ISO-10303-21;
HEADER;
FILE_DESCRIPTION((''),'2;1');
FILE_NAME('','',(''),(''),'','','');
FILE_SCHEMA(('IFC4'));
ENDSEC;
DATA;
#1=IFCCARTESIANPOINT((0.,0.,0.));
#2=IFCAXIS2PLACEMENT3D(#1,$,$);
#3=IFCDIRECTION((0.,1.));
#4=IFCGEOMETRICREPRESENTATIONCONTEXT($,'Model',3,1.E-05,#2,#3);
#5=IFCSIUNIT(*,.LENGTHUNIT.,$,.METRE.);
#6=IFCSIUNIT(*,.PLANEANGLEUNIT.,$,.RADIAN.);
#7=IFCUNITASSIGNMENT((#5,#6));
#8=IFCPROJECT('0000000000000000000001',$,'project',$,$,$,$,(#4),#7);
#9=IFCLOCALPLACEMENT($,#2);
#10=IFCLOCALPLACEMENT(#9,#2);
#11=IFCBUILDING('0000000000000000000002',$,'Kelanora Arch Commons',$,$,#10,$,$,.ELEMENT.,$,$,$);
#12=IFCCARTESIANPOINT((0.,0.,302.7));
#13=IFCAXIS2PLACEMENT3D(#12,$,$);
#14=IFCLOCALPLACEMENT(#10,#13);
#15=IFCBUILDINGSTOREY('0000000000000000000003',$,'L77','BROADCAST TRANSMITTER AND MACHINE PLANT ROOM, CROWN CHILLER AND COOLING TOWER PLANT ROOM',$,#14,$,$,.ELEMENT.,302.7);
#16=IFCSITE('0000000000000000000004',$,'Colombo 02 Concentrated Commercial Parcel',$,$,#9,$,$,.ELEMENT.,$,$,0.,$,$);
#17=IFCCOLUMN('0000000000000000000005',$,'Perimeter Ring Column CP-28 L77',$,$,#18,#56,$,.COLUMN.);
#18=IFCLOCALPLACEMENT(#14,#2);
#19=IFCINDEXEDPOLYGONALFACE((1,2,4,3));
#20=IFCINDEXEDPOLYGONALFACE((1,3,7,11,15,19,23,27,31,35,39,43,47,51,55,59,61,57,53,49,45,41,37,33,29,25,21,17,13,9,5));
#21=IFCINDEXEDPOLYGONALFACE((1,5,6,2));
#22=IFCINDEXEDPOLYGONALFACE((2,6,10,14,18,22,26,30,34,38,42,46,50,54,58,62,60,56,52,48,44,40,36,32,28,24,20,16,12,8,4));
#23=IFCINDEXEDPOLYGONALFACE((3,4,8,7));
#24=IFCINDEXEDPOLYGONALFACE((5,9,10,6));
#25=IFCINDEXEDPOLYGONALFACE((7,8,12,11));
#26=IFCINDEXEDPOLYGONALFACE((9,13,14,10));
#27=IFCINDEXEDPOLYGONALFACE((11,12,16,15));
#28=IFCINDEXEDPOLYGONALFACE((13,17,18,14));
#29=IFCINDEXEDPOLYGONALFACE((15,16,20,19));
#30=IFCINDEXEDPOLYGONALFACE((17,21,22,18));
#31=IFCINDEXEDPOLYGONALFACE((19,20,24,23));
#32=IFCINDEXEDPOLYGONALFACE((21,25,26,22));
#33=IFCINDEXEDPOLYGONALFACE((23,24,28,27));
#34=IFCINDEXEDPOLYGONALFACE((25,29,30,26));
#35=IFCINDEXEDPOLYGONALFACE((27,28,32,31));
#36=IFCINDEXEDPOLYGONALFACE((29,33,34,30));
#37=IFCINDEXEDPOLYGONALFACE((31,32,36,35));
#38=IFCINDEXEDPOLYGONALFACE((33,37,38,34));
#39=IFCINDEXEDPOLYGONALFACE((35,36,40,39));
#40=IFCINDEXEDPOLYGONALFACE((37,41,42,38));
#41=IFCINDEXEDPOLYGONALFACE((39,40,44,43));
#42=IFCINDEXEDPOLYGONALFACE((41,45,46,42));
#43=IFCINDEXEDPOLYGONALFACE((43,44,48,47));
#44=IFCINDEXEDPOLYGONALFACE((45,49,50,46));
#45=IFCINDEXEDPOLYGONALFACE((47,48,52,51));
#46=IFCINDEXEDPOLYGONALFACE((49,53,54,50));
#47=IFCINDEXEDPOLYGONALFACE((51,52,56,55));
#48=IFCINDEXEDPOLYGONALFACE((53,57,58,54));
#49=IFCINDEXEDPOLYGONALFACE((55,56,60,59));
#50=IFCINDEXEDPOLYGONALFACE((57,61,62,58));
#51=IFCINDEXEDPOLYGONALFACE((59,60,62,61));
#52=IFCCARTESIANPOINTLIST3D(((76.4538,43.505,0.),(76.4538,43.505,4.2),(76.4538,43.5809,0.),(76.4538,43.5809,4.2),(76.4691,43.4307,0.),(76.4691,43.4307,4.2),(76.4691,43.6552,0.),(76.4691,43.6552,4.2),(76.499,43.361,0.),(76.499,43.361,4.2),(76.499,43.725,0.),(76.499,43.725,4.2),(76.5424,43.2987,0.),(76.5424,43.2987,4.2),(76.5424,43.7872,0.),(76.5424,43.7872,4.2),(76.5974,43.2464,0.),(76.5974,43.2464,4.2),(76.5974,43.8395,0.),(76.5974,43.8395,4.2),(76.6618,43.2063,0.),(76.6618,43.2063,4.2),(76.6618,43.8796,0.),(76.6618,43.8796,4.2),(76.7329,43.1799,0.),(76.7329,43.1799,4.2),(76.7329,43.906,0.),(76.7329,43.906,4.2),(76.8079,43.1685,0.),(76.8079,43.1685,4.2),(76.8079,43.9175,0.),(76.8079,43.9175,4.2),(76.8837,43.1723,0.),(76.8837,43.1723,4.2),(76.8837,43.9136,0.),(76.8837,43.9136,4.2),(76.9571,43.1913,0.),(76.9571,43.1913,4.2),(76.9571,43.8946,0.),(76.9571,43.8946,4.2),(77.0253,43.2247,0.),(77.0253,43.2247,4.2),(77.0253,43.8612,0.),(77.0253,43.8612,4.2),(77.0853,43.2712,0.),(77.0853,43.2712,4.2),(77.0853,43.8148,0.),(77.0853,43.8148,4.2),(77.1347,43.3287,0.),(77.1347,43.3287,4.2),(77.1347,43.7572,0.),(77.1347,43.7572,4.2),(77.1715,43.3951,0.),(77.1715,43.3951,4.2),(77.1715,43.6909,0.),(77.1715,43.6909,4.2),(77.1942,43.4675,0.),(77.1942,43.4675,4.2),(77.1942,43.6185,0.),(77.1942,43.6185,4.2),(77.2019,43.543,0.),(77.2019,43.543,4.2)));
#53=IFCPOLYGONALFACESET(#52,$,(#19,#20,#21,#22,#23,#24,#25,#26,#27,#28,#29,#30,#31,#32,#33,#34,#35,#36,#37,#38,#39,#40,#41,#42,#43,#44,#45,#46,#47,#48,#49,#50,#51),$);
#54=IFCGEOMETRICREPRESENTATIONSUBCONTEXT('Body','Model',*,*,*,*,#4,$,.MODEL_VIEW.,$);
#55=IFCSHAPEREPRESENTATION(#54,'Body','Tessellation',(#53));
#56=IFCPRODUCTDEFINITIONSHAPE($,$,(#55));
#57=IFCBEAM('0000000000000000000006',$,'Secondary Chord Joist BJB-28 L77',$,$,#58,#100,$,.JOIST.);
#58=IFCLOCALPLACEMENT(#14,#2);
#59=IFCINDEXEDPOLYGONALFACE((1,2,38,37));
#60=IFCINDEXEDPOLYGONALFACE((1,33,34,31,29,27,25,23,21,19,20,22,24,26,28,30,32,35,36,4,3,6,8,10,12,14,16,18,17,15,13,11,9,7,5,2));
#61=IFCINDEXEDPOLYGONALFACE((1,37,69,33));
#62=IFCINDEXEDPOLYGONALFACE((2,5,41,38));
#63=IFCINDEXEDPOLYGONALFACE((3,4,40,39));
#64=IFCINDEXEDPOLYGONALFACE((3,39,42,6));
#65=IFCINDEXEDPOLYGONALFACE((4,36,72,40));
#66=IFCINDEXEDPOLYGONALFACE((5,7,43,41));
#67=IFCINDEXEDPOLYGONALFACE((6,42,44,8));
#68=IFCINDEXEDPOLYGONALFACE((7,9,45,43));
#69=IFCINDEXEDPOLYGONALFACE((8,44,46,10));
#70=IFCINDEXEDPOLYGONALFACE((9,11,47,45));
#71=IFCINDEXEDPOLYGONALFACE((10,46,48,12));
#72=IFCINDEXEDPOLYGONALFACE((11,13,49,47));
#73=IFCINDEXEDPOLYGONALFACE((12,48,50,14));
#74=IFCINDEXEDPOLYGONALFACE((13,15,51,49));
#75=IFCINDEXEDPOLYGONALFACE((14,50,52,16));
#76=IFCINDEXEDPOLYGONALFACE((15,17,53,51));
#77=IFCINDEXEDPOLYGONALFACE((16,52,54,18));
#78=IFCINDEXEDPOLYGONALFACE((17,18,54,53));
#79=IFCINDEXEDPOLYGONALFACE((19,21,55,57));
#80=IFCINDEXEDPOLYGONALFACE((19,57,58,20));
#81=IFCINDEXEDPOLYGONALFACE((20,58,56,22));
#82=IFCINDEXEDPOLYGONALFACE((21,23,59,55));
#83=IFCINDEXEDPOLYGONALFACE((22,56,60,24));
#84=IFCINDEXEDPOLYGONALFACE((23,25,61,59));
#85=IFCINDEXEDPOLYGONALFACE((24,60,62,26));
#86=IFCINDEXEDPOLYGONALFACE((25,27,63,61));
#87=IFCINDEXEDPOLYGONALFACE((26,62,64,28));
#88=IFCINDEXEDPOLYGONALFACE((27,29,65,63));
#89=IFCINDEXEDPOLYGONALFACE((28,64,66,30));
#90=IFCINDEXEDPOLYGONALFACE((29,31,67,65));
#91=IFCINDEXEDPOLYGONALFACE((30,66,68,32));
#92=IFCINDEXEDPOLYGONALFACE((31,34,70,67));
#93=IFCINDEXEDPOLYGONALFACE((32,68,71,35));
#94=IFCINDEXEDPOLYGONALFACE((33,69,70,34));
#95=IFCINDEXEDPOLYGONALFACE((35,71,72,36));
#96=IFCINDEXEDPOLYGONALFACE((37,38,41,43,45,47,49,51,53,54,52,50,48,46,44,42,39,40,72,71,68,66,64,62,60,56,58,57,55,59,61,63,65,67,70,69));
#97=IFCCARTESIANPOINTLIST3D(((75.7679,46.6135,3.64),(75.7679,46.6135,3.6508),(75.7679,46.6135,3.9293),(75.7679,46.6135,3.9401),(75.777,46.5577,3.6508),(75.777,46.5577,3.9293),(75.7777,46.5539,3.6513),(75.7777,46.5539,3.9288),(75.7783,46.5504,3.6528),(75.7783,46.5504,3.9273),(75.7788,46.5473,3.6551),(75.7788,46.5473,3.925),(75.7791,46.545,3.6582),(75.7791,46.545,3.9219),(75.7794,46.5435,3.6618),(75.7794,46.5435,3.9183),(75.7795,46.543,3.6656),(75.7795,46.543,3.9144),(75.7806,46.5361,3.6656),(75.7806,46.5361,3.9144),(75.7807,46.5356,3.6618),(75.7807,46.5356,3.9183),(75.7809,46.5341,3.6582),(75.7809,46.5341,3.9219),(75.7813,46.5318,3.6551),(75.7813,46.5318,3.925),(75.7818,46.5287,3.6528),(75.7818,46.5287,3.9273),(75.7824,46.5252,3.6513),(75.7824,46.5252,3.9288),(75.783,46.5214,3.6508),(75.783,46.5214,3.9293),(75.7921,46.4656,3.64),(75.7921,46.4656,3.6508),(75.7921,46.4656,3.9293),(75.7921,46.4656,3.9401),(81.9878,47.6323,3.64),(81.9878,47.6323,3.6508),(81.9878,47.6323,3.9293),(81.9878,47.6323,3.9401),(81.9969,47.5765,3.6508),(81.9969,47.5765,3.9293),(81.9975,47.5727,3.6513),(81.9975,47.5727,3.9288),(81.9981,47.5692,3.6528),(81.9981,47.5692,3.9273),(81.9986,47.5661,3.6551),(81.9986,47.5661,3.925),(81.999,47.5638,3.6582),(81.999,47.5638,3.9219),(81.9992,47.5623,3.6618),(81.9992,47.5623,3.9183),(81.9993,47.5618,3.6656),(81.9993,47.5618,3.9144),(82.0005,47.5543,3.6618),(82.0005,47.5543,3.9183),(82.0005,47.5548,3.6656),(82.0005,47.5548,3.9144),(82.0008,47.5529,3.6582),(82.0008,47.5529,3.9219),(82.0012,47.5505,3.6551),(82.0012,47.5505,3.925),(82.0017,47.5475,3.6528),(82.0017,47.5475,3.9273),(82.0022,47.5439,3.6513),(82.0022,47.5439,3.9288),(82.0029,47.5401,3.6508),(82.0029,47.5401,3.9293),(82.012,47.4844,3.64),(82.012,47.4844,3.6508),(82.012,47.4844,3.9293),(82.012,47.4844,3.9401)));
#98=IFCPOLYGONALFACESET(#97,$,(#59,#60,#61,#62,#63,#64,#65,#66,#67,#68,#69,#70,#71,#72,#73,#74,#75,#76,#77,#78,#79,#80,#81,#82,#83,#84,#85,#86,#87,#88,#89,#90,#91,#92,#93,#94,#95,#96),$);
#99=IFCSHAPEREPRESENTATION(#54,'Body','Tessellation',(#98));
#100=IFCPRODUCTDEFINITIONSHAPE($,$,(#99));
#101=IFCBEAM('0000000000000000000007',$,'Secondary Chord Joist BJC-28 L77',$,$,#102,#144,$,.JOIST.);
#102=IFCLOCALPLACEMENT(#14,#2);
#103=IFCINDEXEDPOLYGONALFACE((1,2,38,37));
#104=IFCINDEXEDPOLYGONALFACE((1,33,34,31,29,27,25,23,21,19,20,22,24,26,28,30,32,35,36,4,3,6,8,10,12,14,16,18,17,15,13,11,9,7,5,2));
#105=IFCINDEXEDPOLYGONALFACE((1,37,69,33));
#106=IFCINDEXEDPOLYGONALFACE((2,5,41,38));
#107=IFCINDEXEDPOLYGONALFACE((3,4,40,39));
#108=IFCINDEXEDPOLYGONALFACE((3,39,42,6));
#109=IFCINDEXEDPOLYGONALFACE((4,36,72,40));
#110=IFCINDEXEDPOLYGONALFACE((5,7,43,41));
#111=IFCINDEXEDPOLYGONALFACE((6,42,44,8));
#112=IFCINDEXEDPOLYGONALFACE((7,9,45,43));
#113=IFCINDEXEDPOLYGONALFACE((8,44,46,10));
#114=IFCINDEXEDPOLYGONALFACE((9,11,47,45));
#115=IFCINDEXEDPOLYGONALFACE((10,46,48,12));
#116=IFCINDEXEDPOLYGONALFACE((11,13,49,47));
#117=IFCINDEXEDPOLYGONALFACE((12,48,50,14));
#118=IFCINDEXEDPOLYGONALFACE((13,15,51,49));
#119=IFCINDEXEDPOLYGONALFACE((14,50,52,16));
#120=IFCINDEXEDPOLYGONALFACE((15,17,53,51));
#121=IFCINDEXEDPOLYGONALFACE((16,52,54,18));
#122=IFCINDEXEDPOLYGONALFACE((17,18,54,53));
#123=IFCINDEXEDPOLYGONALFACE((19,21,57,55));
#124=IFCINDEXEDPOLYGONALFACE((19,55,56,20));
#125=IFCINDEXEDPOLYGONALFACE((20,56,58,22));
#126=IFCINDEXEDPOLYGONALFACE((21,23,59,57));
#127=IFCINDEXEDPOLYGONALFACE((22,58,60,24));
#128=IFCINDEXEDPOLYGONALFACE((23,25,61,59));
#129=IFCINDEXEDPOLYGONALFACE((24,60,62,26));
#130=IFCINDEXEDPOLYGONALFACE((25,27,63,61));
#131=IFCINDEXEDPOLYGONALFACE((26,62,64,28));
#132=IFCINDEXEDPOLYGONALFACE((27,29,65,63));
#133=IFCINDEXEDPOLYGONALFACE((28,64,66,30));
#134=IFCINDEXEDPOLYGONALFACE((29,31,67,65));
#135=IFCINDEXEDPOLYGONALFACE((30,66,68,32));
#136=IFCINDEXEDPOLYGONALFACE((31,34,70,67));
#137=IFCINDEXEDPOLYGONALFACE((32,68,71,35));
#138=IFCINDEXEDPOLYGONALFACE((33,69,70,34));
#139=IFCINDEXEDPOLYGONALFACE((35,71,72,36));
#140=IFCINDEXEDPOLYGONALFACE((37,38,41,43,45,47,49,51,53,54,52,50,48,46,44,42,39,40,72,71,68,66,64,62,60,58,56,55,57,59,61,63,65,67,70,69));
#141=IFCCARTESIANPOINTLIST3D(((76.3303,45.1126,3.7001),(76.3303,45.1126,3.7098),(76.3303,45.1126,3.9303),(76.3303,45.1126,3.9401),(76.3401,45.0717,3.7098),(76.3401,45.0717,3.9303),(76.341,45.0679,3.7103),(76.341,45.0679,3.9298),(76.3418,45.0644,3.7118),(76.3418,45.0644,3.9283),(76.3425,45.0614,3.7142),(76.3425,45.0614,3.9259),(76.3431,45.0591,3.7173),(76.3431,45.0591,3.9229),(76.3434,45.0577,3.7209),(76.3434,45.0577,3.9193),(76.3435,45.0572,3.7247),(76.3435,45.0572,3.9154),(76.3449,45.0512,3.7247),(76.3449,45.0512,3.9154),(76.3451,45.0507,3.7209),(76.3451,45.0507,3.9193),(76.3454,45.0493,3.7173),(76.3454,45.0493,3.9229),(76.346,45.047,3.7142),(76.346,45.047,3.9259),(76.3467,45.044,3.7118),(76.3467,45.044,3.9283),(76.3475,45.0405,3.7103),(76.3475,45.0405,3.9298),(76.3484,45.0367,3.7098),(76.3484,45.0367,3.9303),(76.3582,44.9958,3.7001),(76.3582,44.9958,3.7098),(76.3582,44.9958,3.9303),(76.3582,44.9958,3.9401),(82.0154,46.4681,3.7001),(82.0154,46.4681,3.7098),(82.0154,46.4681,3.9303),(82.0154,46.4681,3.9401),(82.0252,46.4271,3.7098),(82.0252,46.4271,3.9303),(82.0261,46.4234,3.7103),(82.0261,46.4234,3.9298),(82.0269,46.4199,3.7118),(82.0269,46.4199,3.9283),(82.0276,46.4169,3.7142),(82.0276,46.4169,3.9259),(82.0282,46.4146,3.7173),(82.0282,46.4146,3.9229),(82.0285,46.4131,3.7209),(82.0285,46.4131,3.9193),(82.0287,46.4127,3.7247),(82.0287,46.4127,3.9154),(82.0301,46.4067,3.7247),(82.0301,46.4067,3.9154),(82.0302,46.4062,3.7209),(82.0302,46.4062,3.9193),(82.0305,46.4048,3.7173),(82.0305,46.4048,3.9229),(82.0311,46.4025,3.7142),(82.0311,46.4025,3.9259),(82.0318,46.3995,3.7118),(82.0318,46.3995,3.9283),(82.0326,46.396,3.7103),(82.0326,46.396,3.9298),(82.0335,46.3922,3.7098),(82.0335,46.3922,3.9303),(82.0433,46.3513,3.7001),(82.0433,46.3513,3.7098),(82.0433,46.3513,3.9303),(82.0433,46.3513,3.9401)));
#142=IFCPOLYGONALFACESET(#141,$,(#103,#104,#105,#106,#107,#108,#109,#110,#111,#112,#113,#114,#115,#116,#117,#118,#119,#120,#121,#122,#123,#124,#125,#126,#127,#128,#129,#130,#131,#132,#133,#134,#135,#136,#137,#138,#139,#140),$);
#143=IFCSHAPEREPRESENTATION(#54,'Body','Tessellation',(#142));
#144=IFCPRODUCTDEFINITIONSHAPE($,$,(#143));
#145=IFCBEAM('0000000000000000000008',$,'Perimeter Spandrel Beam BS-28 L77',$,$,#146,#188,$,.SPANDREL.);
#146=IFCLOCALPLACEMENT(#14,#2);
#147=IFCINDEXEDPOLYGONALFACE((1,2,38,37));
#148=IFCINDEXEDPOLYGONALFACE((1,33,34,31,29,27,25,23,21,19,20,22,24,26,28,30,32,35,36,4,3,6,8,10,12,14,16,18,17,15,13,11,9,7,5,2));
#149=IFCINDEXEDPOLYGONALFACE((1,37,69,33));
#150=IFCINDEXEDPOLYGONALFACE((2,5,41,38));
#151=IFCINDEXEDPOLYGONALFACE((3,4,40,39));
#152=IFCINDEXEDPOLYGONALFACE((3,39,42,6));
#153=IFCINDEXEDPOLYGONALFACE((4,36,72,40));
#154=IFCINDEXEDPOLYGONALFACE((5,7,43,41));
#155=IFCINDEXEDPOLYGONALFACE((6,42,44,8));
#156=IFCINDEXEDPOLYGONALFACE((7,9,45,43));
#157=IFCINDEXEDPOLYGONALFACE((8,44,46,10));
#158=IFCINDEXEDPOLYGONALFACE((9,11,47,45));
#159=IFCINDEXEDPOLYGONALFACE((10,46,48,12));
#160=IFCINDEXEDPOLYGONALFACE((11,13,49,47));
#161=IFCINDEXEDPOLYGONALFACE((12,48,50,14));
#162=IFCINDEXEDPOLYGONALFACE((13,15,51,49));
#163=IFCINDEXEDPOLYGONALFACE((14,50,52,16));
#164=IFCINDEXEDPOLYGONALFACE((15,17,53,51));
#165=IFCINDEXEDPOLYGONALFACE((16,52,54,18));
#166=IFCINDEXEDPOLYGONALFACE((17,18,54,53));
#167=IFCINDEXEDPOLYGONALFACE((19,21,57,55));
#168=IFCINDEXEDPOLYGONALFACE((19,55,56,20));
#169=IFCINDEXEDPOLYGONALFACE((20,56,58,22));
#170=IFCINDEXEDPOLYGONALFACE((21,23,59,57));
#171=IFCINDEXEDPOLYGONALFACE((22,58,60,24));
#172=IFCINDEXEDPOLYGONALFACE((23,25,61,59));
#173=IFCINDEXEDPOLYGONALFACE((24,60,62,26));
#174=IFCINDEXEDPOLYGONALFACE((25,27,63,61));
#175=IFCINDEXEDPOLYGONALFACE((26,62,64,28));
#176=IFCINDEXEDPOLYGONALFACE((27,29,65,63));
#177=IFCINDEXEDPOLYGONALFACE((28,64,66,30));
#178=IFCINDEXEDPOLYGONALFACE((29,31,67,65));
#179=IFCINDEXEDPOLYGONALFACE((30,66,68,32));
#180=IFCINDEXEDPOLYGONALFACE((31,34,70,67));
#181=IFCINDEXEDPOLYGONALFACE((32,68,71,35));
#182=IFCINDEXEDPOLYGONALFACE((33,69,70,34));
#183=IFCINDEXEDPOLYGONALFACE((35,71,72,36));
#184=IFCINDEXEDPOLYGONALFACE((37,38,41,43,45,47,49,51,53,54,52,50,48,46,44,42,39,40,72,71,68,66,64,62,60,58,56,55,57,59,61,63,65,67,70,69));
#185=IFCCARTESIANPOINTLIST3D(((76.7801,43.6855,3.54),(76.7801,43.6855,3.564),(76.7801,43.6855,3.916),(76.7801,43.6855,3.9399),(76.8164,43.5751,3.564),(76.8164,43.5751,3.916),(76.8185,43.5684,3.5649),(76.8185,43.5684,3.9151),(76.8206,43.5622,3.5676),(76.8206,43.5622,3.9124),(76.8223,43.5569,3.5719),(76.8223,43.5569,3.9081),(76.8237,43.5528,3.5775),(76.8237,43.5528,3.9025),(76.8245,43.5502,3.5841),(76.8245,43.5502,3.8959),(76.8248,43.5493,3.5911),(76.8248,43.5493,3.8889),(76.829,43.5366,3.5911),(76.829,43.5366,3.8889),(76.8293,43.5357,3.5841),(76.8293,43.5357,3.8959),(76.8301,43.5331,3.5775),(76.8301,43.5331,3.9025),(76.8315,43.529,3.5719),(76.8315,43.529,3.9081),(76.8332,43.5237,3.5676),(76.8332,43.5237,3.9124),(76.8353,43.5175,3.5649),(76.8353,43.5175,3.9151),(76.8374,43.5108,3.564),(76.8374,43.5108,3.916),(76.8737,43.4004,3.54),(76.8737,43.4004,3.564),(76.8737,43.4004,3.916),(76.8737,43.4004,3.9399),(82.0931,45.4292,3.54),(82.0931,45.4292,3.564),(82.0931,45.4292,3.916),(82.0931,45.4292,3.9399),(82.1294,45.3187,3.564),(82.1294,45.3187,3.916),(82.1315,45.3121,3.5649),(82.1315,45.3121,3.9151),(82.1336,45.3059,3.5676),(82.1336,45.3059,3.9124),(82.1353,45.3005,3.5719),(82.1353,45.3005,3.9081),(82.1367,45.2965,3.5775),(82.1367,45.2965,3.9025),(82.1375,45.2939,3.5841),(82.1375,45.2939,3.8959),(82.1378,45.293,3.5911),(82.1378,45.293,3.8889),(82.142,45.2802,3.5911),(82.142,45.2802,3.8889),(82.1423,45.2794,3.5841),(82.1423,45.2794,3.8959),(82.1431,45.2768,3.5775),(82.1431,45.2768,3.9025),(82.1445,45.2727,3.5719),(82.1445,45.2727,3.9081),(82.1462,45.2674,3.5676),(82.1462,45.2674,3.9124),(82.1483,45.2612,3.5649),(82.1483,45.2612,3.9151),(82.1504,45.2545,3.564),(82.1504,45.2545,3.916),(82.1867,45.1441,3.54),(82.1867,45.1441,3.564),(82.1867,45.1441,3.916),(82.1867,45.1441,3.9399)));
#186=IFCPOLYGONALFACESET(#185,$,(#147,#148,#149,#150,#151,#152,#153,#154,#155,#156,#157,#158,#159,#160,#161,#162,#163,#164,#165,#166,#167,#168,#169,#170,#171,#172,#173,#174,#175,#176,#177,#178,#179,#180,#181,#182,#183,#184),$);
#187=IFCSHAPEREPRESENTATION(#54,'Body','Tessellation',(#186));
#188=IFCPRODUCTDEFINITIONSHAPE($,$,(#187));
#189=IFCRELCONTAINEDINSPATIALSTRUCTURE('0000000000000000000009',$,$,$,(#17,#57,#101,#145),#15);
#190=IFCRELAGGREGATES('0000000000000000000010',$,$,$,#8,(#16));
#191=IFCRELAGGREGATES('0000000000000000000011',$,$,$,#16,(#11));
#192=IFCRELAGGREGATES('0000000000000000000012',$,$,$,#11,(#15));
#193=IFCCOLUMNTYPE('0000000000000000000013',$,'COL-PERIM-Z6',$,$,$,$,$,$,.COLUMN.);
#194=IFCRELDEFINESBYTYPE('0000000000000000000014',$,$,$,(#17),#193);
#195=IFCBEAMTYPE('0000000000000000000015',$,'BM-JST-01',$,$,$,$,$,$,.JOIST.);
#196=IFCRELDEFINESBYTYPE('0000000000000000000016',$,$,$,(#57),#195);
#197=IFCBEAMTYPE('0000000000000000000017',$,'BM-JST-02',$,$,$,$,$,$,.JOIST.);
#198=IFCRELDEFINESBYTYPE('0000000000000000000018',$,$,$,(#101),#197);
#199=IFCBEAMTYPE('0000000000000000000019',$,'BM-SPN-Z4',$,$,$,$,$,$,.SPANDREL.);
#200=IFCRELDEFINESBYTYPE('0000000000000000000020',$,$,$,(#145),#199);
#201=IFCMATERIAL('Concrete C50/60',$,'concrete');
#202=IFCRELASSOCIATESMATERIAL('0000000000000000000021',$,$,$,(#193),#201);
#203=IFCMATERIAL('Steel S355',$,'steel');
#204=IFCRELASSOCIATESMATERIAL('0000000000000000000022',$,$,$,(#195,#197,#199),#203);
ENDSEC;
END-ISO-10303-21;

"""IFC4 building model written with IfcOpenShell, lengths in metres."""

from ifc_helpers import new_model, si_unit, direction, frame, origin, origin_2d, place, context, subcontext, project, spatial, circle, i_section, extrude, material, material_profile, profile_set, type_object, element, save


model = new_model("IFC4")

# Units and contexts
model_context = context("Model", 3, precision=1e-05, world=origin(), true_north=direction((0.0, 1.0)))
body_context = subcontext(model_context, "Body", "Model", "MODEL_VIEW")
ifc_project = project(units=[si_unit("LENGTHUNIT", "METRE"), si_unit("PLANEANGLEUNIT", "RADIAN")], contexts=[model_context])

# Site, building, storey
site_placement = place(None, origin())
site = spatial("IfcSite", under=ifc_project, at=site_placement, Name="Colombo 02 Concentrated Commercial Parcel", CompositionType="ELEMENT", RefElevation=0.0)
building_placement = place(site_placement, origin())
building = spatial("IfcBuilding", under=site, at=building_placement, Name="Kelanora Arch Commons", CompositionType="ELEMENT")
storey_placement = place(building_placement, frame((0.0, 0.0, 302.7)))
storey = spatial("IfcBuildingStorey", under=building, at=storey_placement, Name="L77", Description="BROADCAST TRANSMITTER AND MACHINE PLANT ROOM, CROWN CHILLER AND COOLING TOWER PLANT ROOM", CompositionType="ELEMENT", Elevation=302.7)

# Column
ifc_material_1 = material(Name="Concrete C50/60", Category="concrete")
ifc_material_profile_1 = material_profile(ifc_material_1, circle(Radius=0.375, at=origin_2d()), Name="RCC750")
ifc_profile_set_1 = profile_set([ifc_material_profile_1], Name="Concrete C50/60")
column_type = type_object("IfcColumnType", Name="COL-PERIM-Z6", PredefinedType="COLUMN", material=ifc_profile_set_1)
column_placement = place(storey_placement, frame((76.8269, 43.543, 0.0), z_axis=(0.0, 0.0, 1.0), x_axis=(1.0, 0.0, 0.0)))
element("IfcColumn", 1, at=column_placement, inside=storey, type_object=column_type, Name="Perimeter Ring Column CP-28 L77", PredefinedType="COLUMN", context=body_context, shape_type="SweptSolid", body=[
    extrude(circle(Radius=0.375, at=origin_2d()), origin(), (0.0, 0.0, 1.0), 4.2),
])

# Beams
ifc_material_2 = material(Name="Steel S355", Category="steel")
ifc_material_profile_2 = material_profile(ifc_material_2, i_section(OverallWidth=0.1499, OverallDepth=0.3, WebThickness=0.0071, FlangeThickness=0.0107, FilletRadius=0.0149, at=origin_2d()), Name="IPE300")
ifc_profile_set_2 = profile_set([ifc_material_profile_2], Name="Steel S355")
beam_type_1 = type_object("IfcBeamType", Name="BM-JST-01", PredefinedType="JOIST", material=ifc_profile_set_2)
beam_1_placement = place(storey_placement, frame((75.78, 46.5396, 3.79), z_axis=(0.98685, 0.161641, 0.0), x_axis=(-0.161641, 0.98685, 0.0)))
element("IfcBeam", 2, at=beam_1_placement, inside=storey, type_object=beam_type_1, Name="Secondary Chord Joist BJB-28 L77", PredefinedType="JOIST", context=body_context, shape_type="SweptSolid", body=[
    extrude(i_section(OverallWidth=0.1499, OverallDepth=0.3, WebThickness=0.0071, FlangeThickness=0.0107, FilletRadius=0.0149, at=origin_2d()), origin(), (0.0, 0.0, 1.0), 6.3027),
])
ifc_material_profile_3 = material_profile(ifc_material_2, i_section(OverallWidth=0.1201, OverallDepth=0.24, WebThickness=0.0061, FlangeThickness=0.0098, FilletRadius=0.0149, at=origin_2d()), Name="IPE240")
ifc_profile_set_3 = profile_set([ifc_material_profile_3], Name="Steel S355")
beam_type_2 = type_object("IfcBeamType", Name="BM-JST-02", PredefinedType="JOIST", material=ifc_profile_set_3)
beam_2_placement = place(storey_placement, frame((76.3442, 45.0542, 3.8201), z_axis=(0.972734, 0.231925, 0.0), x_axis=(-0.231925, 0.972734, 0.0)))
element("IfcBeam", 3, at=beam_2_placement, inside=storey, type_object=beam_type_2, Name="Secondary Chord Joist BJC-28 L77", PredefinedType="JOIST", context=body_context, shape_type="SweptSolid", body=[
    extrude(i_section(OverallWidth=0.1201, OverallDepth=0.24, WebThickness=0.0061, FlangeThickness=0.0098, FilletRadius=0.0149, at=origin_2d()), origin(), (0.0, 0.0, 1.0), 5.8445),
])
ifc_material_profile_4 = material_profile(ifc_material_2, i_section(OverallWidth=0.3, OverallDepth=0.3999, WebThickness=0.0134, FlangeThickness=0.0239, FilletRadius=0.0271, at=origin_2d()), Name="HEB400")
ifc_profile_set_4 = profile_set([ifc_material_profile_4], Name="Steel S355")
beam_type_3 = type_object("IfcBeamType", Name="BM-SPN-Z4", PredefinedType="SPANDREL", material=ifc_profile_set_4)
beam_3_placement = place(storey_placement, frame((76.8269, 43.543, 3.74), z_axis=(0.95014, 0.311823, 0.0), x_axis=(-0.311823, 0.95014, 0.0)))
element("IfcBeam", 4, at=beam_3_placement, inside=storey, type_object=beam_type_3, Name="Perimeter Spandrel Beam BS-28 L77", PredefinedType="SPANDREL", context=body_context, shape_type="SweptSolid", body=[
    extrude(i_section(OverallWidth=0.3, OverallDepth=0.3999, WebThickness=0.0134, FlangeThickness=0.0239, FilletRadius=0.0271, at=origin_2d()), origin(), (0.0, 0.0, 1.0), 5.5918),
])

save(model, "model.ifc")
